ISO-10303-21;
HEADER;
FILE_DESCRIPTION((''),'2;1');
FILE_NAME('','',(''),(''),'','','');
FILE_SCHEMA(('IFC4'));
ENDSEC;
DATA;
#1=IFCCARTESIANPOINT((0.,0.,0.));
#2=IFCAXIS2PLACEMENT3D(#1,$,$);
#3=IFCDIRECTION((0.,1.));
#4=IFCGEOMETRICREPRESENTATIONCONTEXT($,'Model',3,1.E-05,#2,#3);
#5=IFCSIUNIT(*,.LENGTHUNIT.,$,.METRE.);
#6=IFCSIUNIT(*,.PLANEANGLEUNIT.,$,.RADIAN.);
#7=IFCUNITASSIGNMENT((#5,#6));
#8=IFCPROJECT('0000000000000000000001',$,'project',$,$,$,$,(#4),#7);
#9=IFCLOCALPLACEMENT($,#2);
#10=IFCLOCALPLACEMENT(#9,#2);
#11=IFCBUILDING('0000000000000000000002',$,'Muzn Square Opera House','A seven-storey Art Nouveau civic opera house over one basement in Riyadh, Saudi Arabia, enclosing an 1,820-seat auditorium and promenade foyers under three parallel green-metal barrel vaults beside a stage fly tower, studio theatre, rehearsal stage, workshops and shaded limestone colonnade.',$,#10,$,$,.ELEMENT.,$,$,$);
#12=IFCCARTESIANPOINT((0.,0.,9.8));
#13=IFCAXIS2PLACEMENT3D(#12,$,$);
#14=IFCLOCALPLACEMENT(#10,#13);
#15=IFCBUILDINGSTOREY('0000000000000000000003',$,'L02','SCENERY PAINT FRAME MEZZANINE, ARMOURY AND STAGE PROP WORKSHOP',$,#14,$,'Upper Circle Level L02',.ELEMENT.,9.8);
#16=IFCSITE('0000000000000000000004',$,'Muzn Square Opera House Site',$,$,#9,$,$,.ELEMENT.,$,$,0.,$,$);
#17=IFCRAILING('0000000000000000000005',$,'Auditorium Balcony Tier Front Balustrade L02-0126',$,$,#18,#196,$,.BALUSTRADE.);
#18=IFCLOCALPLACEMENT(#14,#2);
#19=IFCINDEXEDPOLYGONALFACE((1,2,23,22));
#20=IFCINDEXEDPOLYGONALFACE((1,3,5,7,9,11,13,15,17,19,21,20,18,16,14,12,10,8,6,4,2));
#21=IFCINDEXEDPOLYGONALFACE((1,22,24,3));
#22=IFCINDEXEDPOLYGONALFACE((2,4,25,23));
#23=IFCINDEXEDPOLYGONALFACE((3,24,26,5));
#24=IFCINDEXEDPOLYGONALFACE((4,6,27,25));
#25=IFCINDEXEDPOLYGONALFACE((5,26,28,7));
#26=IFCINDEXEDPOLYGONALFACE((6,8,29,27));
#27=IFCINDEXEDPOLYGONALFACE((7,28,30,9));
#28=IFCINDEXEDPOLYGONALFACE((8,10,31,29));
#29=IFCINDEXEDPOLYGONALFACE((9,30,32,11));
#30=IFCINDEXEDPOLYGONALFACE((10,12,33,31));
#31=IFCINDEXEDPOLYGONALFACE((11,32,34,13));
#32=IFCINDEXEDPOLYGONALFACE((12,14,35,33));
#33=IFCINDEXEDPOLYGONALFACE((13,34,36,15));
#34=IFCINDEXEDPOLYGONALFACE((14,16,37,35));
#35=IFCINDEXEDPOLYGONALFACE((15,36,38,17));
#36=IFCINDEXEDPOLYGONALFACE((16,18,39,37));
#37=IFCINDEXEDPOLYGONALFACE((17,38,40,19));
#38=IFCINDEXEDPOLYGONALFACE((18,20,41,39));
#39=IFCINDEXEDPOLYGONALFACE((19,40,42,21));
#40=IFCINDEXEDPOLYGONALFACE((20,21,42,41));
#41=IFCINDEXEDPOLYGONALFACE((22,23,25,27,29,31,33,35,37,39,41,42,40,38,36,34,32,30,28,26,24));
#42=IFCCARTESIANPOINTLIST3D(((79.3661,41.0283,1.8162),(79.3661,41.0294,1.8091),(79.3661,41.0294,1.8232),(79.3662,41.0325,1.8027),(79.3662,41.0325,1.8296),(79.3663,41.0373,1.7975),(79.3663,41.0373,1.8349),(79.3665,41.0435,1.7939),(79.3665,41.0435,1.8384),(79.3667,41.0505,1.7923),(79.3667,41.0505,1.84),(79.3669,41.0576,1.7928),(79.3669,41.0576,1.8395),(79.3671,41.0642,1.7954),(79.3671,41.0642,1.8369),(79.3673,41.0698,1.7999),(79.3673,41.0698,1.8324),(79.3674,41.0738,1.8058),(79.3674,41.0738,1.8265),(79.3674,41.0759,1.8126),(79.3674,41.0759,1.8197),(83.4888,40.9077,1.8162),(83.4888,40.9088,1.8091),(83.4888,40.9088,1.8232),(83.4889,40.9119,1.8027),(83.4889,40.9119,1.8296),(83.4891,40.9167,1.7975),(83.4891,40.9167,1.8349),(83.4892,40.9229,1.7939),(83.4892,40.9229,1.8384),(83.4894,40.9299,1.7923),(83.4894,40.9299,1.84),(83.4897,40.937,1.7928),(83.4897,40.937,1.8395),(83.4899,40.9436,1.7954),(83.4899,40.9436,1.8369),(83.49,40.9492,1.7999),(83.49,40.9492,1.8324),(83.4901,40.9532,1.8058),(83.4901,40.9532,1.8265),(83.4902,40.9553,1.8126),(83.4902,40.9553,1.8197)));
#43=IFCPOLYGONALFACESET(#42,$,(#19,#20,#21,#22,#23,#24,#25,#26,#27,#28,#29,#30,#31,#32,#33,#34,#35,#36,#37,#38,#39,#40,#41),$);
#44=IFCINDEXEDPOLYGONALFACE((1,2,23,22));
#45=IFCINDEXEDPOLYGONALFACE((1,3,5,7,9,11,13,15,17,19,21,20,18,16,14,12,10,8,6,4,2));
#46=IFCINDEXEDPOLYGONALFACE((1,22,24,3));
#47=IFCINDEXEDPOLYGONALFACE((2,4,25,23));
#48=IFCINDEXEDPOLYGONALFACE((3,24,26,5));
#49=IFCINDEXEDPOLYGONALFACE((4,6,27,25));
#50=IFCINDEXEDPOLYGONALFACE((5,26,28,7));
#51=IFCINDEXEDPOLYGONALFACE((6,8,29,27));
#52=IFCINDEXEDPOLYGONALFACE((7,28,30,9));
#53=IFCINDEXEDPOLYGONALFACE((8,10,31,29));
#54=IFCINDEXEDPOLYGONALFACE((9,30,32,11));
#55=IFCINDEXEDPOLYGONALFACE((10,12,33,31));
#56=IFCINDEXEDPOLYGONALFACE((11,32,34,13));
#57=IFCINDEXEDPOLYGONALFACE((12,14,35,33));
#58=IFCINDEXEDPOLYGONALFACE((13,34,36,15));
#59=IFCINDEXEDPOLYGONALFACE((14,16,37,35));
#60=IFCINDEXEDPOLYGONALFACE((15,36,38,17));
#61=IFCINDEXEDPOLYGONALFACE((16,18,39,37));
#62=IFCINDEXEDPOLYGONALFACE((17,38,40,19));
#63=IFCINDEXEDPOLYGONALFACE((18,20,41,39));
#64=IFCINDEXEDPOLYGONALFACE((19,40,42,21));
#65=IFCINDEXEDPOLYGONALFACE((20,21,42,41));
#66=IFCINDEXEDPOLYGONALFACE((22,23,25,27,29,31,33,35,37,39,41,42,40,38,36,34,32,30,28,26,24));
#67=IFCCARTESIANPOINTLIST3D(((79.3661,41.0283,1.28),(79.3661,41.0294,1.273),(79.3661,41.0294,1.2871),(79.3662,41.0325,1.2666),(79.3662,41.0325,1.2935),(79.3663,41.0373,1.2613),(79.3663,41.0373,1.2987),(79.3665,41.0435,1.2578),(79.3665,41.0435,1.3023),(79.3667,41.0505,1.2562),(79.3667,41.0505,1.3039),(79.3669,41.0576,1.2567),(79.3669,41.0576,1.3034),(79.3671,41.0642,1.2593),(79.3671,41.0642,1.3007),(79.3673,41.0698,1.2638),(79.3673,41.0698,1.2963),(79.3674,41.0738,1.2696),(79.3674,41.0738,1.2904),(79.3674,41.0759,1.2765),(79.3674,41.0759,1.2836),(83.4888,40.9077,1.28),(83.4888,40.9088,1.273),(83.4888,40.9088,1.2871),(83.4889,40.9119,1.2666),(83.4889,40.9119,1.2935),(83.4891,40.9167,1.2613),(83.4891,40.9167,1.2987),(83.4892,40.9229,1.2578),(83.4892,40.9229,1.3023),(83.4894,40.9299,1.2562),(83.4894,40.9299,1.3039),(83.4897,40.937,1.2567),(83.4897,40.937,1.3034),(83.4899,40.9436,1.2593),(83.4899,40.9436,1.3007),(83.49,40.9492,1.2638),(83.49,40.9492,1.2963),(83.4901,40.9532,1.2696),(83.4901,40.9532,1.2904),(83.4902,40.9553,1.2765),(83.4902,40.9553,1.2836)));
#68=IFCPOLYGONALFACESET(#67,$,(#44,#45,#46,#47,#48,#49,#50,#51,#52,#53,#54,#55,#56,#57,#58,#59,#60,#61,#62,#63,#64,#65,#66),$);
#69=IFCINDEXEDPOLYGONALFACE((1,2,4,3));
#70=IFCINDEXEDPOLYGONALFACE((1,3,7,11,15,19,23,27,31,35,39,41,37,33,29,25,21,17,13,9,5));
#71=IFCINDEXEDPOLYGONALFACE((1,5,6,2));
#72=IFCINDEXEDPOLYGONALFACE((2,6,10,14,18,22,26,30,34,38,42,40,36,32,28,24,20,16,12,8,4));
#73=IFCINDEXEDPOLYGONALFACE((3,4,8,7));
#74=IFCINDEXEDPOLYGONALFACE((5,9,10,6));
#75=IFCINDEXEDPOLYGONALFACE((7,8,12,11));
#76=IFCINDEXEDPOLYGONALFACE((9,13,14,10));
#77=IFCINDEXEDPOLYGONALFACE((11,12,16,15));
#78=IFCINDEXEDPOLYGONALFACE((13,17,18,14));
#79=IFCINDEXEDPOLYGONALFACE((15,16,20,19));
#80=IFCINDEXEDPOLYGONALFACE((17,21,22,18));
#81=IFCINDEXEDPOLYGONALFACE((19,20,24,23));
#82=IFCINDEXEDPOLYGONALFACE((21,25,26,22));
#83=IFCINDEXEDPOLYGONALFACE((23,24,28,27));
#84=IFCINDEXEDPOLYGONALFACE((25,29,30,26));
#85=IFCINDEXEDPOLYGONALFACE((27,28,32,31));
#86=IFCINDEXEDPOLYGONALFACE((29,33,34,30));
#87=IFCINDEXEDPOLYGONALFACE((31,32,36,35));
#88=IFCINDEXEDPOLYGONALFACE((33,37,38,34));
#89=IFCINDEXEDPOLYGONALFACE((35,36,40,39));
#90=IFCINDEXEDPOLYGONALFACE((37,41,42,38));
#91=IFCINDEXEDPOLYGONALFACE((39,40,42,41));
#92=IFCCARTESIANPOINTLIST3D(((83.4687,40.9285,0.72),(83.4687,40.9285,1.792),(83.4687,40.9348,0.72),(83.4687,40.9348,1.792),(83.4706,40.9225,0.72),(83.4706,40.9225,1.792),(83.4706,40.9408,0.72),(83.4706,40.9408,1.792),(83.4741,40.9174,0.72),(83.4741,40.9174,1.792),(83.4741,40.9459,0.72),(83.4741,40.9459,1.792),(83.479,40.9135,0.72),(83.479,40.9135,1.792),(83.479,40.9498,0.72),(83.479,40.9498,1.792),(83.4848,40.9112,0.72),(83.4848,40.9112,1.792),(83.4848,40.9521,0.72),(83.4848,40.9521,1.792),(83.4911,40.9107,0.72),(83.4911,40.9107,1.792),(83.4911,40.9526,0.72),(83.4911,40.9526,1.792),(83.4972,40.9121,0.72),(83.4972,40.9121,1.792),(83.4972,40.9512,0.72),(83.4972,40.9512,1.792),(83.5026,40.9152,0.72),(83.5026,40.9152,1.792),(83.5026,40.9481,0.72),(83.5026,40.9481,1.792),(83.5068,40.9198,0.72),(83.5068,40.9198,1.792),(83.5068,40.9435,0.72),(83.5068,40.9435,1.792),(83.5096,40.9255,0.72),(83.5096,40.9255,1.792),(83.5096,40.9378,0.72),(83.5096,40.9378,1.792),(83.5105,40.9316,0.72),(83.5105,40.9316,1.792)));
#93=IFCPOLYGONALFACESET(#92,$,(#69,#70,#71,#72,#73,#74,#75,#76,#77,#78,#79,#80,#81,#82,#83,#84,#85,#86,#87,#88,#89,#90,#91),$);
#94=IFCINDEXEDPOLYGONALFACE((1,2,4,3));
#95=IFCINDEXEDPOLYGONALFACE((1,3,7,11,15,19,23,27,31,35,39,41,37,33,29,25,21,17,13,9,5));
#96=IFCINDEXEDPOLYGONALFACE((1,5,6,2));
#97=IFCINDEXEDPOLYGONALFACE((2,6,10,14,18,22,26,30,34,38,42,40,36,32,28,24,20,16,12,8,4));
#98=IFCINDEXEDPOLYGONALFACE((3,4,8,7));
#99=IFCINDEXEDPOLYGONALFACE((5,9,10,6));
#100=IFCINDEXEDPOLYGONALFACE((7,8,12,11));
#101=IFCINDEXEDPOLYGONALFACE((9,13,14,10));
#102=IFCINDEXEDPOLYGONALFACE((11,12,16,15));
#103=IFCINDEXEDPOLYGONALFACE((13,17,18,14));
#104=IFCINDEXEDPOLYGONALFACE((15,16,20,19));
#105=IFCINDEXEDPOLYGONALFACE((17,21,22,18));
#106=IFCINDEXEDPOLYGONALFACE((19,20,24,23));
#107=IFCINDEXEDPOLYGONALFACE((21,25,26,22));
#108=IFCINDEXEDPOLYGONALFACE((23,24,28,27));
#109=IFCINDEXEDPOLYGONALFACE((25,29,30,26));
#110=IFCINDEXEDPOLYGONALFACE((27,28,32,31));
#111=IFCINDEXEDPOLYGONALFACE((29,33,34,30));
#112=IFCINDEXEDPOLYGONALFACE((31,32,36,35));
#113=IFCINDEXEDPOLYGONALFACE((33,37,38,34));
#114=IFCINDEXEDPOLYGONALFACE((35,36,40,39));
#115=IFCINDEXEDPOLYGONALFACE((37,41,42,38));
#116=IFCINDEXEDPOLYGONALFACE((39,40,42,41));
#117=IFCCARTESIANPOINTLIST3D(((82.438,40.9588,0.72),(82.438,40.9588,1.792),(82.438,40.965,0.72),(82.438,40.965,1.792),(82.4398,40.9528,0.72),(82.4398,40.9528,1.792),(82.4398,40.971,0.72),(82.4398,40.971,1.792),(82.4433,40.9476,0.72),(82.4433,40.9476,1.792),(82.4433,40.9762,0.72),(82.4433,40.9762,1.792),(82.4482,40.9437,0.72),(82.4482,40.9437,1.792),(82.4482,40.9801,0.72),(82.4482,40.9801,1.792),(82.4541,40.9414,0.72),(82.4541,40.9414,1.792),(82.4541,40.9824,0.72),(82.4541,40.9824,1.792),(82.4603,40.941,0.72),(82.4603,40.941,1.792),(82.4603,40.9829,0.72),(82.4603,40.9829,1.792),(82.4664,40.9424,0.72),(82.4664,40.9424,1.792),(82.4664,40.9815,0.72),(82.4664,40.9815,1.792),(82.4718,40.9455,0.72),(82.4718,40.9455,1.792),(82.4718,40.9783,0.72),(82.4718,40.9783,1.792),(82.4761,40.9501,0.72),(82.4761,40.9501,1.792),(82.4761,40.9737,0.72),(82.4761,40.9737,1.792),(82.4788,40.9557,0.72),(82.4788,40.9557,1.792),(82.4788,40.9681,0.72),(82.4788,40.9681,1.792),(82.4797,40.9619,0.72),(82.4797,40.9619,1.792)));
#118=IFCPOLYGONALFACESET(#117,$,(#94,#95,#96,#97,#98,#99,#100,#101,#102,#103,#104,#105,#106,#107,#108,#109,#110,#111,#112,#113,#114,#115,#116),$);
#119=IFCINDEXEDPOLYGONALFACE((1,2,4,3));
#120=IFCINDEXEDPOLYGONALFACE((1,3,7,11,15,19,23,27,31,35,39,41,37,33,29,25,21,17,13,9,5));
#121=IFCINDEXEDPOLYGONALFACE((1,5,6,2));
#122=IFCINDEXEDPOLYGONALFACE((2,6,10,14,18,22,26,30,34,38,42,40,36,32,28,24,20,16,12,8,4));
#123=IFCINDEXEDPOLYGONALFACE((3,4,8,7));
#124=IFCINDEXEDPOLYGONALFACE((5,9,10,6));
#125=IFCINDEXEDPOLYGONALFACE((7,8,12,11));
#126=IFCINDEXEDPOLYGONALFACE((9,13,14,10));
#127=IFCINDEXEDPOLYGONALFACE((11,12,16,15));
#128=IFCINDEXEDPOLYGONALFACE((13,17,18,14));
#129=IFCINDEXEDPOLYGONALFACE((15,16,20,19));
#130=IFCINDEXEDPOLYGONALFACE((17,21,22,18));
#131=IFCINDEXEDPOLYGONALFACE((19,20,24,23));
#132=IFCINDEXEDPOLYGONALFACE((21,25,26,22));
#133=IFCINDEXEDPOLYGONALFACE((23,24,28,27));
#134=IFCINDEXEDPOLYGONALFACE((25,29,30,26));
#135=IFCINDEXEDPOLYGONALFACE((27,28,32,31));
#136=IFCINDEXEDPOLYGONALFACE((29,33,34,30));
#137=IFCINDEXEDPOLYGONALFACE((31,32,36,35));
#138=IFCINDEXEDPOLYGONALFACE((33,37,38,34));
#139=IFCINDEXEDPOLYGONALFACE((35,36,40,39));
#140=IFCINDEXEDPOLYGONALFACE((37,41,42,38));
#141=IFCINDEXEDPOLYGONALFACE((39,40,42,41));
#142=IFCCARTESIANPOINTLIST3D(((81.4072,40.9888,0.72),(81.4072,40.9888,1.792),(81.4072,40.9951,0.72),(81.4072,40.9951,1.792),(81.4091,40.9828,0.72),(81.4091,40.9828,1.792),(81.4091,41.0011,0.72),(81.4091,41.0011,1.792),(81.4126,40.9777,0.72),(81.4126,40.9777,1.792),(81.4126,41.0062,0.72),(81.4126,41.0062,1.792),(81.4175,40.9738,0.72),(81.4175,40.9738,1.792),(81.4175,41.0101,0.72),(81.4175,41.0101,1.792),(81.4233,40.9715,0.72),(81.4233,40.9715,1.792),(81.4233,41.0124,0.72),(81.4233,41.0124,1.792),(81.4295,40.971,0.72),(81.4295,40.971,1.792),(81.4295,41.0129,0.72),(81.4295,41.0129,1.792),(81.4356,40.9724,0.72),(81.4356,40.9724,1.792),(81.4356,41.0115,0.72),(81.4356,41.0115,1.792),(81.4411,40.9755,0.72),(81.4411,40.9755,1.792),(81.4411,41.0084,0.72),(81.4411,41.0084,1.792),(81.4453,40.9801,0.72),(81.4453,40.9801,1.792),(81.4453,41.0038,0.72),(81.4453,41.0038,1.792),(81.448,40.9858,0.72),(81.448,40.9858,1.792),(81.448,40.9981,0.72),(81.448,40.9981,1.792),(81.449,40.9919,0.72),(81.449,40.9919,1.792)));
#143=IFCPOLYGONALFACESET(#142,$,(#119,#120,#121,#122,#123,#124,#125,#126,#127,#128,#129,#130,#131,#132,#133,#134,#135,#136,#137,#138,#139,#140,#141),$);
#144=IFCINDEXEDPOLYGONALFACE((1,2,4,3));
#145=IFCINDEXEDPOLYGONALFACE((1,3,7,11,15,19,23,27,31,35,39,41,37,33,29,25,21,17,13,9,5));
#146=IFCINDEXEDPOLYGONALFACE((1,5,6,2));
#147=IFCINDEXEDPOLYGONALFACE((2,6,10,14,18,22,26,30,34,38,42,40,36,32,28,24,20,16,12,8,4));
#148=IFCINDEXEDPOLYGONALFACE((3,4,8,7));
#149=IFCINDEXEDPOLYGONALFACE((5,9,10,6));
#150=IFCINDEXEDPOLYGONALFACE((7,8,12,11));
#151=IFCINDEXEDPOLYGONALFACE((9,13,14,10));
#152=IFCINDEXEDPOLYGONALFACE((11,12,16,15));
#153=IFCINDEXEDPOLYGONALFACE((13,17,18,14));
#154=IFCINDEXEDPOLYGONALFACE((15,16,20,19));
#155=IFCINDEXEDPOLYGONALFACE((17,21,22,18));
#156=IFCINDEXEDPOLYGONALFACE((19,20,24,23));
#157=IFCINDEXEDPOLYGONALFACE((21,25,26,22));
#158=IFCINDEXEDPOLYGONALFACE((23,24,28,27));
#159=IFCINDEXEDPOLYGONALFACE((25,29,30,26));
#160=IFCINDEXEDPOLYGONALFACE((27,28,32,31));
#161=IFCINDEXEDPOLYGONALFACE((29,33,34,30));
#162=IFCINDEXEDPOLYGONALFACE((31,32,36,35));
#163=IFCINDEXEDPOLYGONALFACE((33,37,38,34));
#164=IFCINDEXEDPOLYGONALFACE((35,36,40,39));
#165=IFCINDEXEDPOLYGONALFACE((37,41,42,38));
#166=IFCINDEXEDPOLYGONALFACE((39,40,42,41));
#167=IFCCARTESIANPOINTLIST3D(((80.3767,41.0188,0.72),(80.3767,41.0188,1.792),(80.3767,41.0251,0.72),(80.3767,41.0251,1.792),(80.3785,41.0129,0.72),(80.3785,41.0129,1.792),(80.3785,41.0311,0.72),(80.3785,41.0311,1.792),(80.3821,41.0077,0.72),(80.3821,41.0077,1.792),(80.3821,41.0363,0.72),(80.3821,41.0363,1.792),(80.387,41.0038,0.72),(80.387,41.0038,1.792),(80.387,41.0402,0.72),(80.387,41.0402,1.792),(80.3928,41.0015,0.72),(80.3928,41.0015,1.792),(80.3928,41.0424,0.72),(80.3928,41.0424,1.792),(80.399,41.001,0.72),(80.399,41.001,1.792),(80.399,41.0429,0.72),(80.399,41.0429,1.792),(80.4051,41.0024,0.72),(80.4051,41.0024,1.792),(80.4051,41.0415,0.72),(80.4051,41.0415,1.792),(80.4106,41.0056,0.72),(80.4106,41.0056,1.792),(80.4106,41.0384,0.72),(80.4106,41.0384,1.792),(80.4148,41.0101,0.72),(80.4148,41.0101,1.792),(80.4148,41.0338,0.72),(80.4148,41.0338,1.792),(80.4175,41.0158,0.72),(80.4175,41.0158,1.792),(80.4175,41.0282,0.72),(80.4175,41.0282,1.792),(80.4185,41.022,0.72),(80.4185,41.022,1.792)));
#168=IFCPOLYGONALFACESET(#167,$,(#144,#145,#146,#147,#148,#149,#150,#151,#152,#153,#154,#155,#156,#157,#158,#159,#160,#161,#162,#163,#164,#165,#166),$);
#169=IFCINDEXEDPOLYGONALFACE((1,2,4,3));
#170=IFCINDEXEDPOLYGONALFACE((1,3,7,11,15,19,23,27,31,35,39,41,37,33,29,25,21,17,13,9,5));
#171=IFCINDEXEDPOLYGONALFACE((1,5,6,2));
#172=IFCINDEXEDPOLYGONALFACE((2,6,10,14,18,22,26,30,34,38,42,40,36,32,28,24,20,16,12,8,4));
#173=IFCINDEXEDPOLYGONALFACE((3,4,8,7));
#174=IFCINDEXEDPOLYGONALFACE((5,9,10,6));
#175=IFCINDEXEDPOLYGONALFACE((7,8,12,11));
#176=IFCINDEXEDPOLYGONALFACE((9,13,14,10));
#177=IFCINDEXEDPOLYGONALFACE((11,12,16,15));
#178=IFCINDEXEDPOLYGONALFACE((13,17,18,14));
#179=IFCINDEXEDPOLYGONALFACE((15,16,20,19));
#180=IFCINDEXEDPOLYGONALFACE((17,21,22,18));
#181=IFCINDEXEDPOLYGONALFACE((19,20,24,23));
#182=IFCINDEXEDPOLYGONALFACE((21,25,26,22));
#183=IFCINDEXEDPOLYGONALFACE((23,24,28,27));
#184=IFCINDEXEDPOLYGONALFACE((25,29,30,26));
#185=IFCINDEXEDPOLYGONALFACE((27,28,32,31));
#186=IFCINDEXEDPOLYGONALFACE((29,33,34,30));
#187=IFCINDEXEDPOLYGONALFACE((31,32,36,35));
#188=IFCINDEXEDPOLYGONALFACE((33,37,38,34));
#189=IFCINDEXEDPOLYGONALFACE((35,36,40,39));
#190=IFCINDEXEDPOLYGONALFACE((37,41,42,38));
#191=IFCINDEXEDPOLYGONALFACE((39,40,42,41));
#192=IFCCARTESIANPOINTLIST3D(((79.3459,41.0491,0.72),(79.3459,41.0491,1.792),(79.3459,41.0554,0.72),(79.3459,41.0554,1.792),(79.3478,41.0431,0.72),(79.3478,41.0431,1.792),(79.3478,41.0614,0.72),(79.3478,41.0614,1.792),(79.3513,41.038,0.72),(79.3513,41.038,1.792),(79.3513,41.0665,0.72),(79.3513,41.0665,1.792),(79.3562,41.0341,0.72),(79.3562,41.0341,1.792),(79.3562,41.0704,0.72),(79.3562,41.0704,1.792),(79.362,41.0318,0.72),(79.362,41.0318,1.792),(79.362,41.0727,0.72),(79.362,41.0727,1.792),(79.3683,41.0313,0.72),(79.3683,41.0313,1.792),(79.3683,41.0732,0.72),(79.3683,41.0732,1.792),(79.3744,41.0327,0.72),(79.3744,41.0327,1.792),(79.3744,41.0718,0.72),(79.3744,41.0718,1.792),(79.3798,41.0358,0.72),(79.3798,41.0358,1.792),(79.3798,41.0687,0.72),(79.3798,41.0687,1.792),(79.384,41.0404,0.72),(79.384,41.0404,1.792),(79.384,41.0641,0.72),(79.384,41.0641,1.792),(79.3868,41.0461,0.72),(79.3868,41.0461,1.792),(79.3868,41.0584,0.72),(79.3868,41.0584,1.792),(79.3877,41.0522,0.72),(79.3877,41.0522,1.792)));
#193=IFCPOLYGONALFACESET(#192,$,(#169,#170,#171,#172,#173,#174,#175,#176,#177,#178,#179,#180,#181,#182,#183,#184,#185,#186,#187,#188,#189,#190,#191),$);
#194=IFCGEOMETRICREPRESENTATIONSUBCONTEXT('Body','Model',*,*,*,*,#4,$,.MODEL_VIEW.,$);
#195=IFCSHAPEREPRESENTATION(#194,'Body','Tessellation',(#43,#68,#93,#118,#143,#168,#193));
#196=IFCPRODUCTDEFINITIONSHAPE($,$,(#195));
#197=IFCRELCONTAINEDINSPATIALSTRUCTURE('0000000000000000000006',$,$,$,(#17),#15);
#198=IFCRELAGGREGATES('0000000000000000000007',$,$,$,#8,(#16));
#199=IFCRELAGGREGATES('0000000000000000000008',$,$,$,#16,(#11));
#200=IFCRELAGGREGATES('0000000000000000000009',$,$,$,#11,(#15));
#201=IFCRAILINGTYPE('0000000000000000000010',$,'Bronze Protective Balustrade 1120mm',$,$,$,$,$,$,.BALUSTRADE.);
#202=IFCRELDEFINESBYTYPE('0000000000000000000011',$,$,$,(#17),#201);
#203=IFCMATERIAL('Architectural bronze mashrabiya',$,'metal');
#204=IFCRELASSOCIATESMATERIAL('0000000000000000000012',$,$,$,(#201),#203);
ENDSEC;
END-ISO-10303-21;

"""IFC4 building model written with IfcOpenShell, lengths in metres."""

from ifc_helpers import new_model, si_unit, direction, frame, origin, origin_2d, place, context, subcontext, project, spatial, circle, extrude, material, type_object, element, save


model = new_model("IFC4")

# Units and contexts
model_context = context("Model", 3, precision=1e-05, world=origin(), true_north=direction((0.0, 1.0)))
body_context = subcontext(model_context, "Body", "Model", "MODEL_VIEW")
ifc_project = project(units=[si_unit("LENGTHUNIT", "METRE"), si_unit("PLANEANGLEUNIT", "RADIAN")], contexts=[model_context])

# Site, building, storey
site_placement = place(None, origin())
site = spatial("IfcSite", under=ifc_project, at=site_placement, Name="Muzn Square Opera House Site", CompositionType="ELEMENT", RefElevation=0.0)
building_placement = place(site_placement, origin())
building = spatial("IfcBuilding", under=site, at=building_placement, Name="Muzn Square Opera House", Description="A seven-storey Art Nouveau civic opera house over one basement in Riyadh, Saudi Arabia, enclosing an 1,820-seat auditorium and promenade foyers under three parallel green-metal barrel vaults beside a stage fly tower, studio theatre, rehearsal stage, workshops and shaded limestone colonnade.", CompositionType="ELEMENT")
storey_placement = place(building_placement, frame((0.0, 0.0, 9.8)))
storey = spatial("IfcBuildingStorey", under=building, at=storey_placement, Name="L02", Description="SCENERY PAINT FRAME MEZZANINE, ARMOURY AND STAGE PROP WORKSHOP", LongName="Upper Circle Level L02", CompositionType="ELEMENT", Elevation=9.8)

# Railing
ifc_material_1 = material(Name="Architectural bronze mashrabiya", Category="metal")
railing_type = type_object("IfcRailingType", Name="Bronze Protective Balustrade 1120mm", PredefinedType="BALUSTRADE", material=ifc_material_1)
railing_1_placement = place(storey_placement, frame((83.4895, 40.9316, 0.72)))
element("IfcRailing", 1, at=railing_1_placement, inside=storey, type_object=railing_type, Name="Auditorium Balcony Tier Front Balustrade L02-0126", PredefinedType="BALUSTRADE", context=body_context, shape_type="SweptSolid", body=[
    extrude(circle(Radius=0.0239, at=origin_2d()), frame((0.0, 0.0, 1.0962), z_axis=(-0.999572, 0.029241, 0.0), x_axis=(-0.029241, -0.999572, 0.0)), (0.0, 0.0, 1.0), 4.1245),
    extrude(circle(Radius=0.0239, at=origin_2d()), frame((0.0, 0.0, 0.5601), z_axis=(-0.999572, 0.029241, 0.0), x_axis=(-0.029241, -0.999572, 0.0)), (0.0, 0.0, 1.0), 4.1245),
    extrude(circle(Radius=0.021, at=origin_2d()), origin(), (0.0, 0.0, 1.0), 1.072),
    extrude(circle(Radius=0.021, at=origin_2d()), frame((-1.0308, 0.0303, 0.0)), (0.0, 0.0, 1.0), 1.072),
    extrude(circle(Radius=0.021, at=origin_2d()), frame((-2.0615, 0.0603, 0.0)), (0.0, 0.0, 1.0), 1.072),
    extrude(circle(Radius=0.021, at=origin_2d()), frame((-3.092, 0.0903, 0.0)), (0.0, 0.0, 1.0), 1.072),
    extrude(circle(Radius=0.021, at=origin_2d()), frame((-4.1228, 0.1206, 0.0)), (0.0, 0.0, 1.0), 1.072),
])

save(model, "model.ifc")
